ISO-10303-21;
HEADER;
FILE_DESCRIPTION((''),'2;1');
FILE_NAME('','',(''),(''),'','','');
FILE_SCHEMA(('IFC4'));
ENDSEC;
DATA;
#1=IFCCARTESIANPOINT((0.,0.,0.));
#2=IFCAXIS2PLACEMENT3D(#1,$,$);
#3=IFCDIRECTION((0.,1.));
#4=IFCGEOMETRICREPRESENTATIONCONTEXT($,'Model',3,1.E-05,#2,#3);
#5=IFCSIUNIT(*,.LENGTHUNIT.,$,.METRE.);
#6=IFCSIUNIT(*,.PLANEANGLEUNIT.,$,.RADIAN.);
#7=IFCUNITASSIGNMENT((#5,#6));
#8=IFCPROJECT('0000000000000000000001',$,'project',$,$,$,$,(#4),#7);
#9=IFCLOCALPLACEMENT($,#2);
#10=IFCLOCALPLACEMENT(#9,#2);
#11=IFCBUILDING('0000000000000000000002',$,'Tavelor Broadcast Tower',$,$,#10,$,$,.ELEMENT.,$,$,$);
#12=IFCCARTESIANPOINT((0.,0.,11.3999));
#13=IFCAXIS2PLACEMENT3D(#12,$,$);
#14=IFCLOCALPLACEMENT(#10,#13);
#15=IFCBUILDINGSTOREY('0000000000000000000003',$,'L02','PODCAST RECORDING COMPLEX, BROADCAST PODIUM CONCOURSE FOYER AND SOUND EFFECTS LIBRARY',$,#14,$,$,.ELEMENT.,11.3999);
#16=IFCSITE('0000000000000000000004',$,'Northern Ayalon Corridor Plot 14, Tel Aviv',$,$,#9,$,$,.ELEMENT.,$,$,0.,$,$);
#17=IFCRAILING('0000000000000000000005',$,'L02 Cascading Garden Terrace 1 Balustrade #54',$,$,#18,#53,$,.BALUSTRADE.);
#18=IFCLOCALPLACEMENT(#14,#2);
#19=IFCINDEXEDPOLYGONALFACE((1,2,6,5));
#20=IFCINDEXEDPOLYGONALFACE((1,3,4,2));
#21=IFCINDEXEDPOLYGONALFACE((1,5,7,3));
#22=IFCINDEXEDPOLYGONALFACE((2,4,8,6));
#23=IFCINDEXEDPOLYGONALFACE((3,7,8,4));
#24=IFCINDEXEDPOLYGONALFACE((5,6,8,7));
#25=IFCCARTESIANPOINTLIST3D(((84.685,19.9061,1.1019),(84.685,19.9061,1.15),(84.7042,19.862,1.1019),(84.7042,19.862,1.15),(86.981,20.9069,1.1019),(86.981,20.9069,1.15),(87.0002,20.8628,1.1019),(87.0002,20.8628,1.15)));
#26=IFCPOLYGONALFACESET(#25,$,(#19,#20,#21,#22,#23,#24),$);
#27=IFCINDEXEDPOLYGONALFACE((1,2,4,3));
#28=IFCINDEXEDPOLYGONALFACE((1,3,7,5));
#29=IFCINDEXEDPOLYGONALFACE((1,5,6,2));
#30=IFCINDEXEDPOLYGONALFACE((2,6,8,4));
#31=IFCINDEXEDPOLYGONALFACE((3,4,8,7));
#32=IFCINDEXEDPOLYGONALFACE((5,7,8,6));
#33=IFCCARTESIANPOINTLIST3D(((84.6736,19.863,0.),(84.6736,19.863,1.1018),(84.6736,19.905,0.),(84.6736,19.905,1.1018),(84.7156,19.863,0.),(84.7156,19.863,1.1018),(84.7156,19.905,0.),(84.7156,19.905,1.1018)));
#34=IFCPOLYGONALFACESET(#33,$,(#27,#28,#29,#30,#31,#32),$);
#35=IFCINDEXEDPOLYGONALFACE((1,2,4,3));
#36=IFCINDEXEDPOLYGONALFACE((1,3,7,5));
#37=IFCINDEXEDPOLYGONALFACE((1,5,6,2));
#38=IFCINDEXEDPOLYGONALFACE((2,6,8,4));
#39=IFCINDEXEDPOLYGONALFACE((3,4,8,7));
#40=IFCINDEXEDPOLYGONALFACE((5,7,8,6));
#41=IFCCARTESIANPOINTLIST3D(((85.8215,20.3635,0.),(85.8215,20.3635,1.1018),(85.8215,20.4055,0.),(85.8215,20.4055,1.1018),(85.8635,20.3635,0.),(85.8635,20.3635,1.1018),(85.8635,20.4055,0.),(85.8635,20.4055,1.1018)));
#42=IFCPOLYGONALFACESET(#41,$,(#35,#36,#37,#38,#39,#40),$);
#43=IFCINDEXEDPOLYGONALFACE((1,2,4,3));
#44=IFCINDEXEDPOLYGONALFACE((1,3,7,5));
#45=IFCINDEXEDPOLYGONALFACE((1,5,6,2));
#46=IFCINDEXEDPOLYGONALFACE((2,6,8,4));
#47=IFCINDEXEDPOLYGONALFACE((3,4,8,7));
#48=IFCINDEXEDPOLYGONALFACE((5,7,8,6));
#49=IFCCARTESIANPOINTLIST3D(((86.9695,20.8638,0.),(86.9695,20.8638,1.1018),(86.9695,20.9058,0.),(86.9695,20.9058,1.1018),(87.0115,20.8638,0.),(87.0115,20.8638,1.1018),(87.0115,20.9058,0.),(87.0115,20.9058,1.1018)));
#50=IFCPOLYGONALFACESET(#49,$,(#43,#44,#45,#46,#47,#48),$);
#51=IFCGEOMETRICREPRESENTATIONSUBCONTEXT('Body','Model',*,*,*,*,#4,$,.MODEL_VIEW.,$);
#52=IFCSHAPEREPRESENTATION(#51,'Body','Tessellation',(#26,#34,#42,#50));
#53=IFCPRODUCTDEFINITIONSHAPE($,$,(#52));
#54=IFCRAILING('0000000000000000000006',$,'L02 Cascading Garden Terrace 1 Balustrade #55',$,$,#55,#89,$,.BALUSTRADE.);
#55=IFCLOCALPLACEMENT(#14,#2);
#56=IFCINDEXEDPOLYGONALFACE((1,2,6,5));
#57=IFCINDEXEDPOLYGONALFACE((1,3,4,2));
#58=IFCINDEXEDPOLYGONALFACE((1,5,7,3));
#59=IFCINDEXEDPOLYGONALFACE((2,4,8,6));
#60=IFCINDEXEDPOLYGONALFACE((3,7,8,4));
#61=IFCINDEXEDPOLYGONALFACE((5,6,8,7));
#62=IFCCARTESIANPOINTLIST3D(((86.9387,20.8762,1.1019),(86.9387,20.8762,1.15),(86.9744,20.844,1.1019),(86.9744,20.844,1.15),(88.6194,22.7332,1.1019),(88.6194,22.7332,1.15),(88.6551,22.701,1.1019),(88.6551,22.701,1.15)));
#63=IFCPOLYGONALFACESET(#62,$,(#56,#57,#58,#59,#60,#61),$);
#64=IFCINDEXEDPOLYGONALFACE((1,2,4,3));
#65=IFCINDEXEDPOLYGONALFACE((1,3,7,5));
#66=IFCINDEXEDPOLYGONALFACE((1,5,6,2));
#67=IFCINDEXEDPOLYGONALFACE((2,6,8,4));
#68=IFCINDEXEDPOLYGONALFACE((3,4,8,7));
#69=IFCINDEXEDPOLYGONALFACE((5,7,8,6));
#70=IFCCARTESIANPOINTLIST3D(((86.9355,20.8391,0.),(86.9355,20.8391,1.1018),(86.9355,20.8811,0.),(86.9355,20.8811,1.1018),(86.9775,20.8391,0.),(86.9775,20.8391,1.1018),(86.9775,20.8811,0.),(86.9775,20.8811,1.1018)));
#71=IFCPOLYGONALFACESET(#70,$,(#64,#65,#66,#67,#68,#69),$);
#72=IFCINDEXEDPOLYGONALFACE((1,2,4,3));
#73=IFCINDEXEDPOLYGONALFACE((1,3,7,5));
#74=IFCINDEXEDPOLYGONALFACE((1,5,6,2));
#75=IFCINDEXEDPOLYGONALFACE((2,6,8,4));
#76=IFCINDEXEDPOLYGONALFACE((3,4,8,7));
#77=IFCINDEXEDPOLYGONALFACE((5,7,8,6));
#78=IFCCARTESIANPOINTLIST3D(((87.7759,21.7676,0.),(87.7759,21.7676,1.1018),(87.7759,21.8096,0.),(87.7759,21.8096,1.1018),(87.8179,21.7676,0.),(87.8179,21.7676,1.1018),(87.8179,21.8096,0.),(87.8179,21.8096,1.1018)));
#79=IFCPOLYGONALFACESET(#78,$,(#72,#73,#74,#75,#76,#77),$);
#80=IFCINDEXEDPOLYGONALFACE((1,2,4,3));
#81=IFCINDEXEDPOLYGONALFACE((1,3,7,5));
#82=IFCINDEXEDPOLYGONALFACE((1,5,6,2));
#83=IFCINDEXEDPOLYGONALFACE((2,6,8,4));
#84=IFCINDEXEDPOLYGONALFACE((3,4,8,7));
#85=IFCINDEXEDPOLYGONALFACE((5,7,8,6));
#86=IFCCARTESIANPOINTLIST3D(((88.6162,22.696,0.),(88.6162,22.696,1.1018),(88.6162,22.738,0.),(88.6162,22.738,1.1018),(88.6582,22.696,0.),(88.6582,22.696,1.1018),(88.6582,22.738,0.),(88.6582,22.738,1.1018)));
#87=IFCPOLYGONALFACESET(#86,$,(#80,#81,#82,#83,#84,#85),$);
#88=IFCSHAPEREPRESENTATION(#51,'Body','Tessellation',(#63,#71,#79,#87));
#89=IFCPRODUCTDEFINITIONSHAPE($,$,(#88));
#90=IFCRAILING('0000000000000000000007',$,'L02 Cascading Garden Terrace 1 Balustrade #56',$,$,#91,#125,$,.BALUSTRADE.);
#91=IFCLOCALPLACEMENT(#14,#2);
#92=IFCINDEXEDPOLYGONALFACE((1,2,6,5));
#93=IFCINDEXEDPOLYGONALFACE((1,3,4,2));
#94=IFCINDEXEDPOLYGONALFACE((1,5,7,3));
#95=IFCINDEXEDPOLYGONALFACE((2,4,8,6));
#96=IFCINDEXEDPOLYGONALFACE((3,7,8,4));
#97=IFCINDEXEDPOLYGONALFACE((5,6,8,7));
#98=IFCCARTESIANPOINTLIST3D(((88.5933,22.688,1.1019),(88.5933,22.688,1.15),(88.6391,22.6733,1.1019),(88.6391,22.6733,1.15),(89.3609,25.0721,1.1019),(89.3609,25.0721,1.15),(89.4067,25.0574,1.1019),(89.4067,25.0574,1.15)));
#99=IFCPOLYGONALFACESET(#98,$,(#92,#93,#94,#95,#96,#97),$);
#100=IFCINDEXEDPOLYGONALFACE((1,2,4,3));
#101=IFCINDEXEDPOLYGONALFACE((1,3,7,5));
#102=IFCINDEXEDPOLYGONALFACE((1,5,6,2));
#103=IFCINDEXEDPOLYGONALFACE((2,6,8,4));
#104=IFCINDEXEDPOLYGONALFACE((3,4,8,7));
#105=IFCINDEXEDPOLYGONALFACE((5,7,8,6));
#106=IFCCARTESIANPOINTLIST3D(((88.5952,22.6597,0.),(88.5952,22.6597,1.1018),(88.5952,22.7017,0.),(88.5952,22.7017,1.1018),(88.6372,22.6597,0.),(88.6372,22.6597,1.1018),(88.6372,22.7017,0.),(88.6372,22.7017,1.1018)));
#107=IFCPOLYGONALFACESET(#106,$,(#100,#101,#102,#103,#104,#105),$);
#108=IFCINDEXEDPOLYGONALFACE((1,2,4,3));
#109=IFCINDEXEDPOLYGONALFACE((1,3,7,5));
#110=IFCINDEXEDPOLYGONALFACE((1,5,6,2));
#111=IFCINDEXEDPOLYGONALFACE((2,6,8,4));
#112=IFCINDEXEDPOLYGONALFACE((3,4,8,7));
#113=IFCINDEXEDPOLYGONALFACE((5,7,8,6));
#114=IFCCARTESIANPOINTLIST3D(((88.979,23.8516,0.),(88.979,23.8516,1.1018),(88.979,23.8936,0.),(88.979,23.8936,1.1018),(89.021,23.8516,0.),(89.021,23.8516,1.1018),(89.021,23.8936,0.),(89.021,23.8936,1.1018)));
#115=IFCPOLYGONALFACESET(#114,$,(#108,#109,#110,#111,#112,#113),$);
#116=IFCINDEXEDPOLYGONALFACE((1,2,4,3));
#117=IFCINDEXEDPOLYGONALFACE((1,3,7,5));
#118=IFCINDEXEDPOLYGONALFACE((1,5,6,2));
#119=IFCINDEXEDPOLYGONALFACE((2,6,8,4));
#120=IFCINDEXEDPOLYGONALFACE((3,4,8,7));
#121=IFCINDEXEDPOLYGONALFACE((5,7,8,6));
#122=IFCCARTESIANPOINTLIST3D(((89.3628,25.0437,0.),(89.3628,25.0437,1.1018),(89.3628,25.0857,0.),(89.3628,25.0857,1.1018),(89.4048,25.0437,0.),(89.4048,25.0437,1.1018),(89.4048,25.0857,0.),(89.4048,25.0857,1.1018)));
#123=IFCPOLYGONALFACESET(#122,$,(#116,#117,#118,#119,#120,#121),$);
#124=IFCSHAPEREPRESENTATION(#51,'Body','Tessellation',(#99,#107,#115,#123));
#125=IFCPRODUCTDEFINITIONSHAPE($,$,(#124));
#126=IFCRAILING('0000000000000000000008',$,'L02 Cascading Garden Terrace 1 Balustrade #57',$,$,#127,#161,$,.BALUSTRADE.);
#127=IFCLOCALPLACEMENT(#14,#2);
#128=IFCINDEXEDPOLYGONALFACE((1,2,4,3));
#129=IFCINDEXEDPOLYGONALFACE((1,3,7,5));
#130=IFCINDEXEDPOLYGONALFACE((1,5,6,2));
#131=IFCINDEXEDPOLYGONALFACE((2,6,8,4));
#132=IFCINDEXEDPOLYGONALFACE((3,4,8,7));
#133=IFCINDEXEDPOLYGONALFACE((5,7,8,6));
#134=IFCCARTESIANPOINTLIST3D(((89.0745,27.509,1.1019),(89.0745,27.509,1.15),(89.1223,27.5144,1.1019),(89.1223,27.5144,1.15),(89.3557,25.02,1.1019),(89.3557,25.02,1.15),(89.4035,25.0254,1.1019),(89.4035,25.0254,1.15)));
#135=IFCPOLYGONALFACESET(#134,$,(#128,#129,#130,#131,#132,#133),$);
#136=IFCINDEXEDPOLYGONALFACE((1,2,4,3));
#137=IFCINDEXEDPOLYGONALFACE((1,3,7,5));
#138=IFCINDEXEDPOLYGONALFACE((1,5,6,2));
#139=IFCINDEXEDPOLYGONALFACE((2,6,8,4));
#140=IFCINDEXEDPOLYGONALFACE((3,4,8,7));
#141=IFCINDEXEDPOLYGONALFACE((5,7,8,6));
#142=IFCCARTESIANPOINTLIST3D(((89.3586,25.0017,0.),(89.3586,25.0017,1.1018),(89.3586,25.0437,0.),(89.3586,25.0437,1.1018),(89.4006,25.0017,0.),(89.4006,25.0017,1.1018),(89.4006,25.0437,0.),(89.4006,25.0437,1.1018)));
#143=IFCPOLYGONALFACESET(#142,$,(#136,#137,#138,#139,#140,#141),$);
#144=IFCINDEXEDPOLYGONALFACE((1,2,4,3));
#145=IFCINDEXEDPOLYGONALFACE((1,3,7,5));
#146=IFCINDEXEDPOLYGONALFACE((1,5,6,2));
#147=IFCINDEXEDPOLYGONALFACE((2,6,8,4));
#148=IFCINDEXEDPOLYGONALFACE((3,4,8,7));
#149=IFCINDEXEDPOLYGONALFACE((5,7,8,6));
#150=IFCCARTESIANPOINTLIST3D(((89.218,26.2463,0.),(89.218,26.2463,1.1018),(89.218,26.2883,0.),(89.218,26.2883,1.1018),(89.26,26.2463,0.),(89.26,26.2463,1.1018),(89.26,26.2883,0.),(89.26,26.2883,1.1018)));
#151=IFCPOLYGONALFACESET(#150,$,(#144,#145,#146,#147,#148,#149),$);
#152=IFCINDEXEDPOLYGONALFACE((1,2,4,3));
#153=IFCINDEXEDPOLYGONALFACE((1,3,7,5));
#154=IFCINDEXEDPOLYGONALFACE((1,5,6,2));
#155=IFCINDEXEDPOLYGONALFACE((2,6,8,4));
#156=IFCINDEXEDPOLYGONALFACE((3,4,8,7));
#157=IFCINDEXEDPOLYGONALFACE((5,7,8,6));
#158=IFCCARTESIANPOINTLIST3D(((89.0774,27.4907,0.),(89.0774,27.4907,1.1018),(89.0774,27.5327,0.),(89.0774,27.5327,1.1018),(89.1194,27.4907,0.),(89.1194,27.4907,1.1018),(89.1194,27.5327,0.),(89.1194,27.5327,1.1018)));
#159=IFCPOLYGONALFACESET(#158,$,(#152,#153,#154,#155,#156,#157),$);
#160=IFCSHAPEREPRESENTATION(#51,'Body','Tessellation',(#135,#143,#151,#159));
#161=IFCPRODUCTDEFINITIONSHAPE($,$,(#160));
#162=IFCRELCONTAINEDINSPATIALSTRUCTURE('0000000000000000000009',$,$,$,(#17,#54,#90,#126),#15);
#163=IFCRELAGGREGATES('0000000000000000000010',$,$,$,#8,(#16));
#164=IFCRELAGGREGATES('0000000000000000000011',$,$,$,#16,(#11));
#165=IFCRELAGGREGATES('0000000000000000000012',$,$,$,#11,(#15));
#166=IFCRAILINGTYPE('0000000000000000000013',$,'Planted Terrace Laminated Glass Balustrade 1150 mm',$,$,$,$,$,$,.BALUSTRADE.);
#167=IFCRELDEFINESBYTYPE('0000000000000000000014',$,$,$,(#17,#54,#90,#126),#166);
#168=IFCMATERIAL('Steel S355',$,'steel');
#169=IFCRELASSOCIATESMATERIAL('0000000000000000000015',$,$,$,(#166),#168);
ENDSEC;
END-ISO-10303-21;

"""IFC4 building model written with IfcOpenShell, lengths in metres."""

from ifc_helpers import new_model, si_unit, direction, frame, origin, origin_2d, place, context, subcontext, project, spatial, rectangle, extrude, material, type_object, element, save


model = new_model("IFC4")

# Units and contexts
model_context = context("Model", 3, precision=1e-05, world=origin(), true_north=direction((0.0, 1.0)))
body_context = subcontext(model_context, "Body", "Model", "MODEL_VIEW")
ifc_project = project(units=[si_unit("LENGTHUNIT", "METRE"), si_unit("PLANEANGLEUNIT", "RADIAN")], contexts=[model_context])

# Site, building, storey
site_placement = place(None, origin())
site = spatial("IfcSite", under=ifc_project, at=site_placement, Name="Northern Ayalon Corridor Plot 14, Tel Aviv", CompositionType="ELEMENT", RefElevation=0.0)
building_placement = place(site_placement, origin())
building = spatial("IfcBuilding", under=site, at=building_placement, Name="Tavelor Broadcast Tower", CompositionType="ELEMENT")
storey_placement = place(building_placement, frame((0.0, 0.0, 11.3999)))
storey = spatial("IfcBuildingStorey", under=building, at=storey_placement, Name="L02", Description="PODCAST RECORDING COMPLEX, BROADCAST PODIUM CONCOURSE FOYER AND SOUND EFFECTS LIBRARY", CompositionType="ELEMENT", Elevation=11.3999)

# Shared definitions
ifc_material_1 = material(Name="Steel S355", Category="steel")

# Railings
railing_type = type_object("IfcRailingType", Name="Planted Terrace Laminated Glass Balustrade 1150 mm", PredefinedType="BALUSTRADE", material=ifc_material_1)
railing_1_placement = place(storey_placement, frame((84.6946, 19.884, 0.0)))
element("IfcRailing", 1, at=railing_1_placement, inside=storey, type_object=railing_type, Name="L02 Cascading Garden Terrace 1 Balustrade #54", PredefinedType="BALUSTRADE", context=body_context, shape_type="SweptSolid", body=[
    extrude(rectangle(XDim=0.0481, YDim=0.0481, at=origin_2d()), frame((0.0, 0.0, 1.126), z_axis=(0.916702, 0.399571, 0.0), x_axis=(-0.399571, 0.916702, 0.0)), (0.0, 0.0, 1.0), 2.5046),
    extrude(rectangle(XDim=0.042, YDim=0.042, at=origin_2d()), origin(), (0.0, 0.0, 1.0), 1.1018),
    extrude(rectangle(XDim=0.042, YDim=0.042, at=origin_2d()), frame((1.1479, 0.5005, 0.0)), (0.0, 0.0, 1.0), 1.1018),
    extrude(rectangle(XDim=0.042, YDim=0.042, at=origin_2d()), frame((2.2959, 1.0007, 0.0)), (0.0, 0.0, 1.0), 1.1018),
])
railing_2_placement = place(storey_placement, frame((86.9565, 20.8601, 0.0)))
element("IfcRailing", 2, at=railing_2_placement, inside=storey, type_object=railing_type, Name="L02 Cascading Garden Terrace 1 Balustrade #55", PredefinedType="BALUSTRADE", context=body_context, shape_type="SweptSolid", body=[
    extrude(rectangle(XDim=0.0481, YDim=0.0481, at=origin_2d()), frame((0.0, 0.0, 1.126), z_axis=(0.671041, 0.74142, 0.0), x_axis=(-0.74142, 0.671041, 0.0)), (0.0, 0.0, 1.0), 2.5046),
    extrude(rectangle(XDim=0.042, YDim=0.042, at=origin_2d()), origin(), (0.0, 0.0, 1.0), 1.1018),
    extrude(rectangle(XDim=0.042, YDim=0.042, at=origin_2d()), frame((0.8403, 0.9285, 0.0)), (0.0, 0.0, 1.0), 1.1018),
    extrude(rectangle(XDim=0.042, YDim=0.042, at=origin_2d()), frame((1.6807, 1.8569, 0.0)), (0.0, 0.0, 1.0), 1.1018),
])
railing_3_placement = place(storey_placement, frame((88.6162, 22.6807, 0.0)))
element("IfcRailing", 3, at=railing_3_placement, inside=storey, type_object=railing_type, Name="L02 Cascading Garden Terrace 1 Balustrade #56", PredefinedType="BALUSTRADE", context=body_context, shape_type="SweptSolid", body=[
    extrude(rectangle(XDim=0.0481, YDim=0.0481, at=origin_2d()), frame((0.0, 0.0, 1.126), z_axis=(0.306473, 0.951879, 0.0), x_axis=(-0.951879, 0.306473, 0.0)), (0.0, 0.0, 1.0), 2.5046),
    extrude(rectangle(XDim=0.042, YDim=0.042, at=origin_2d()), origin(), (0.0, 0.0, 1.0), 1.1018),
    extrude(rectangle(XDim=0.042, YDim=0.042, at=origin_2d()), frame((0.3838, 1.1919, 0.0)), (0.0, 0.0, 1.0), 1.1018),
    extrude(rectangle(XDim=0.042, YDim=0.042, at=origin_2d()), frame((0.7676, 2.384, 0.0)), (0.0, 0.0, 1.0), 1.1018),
])
railing_4_placement = place(storey_placement, frame((89.3796, 25.0227, 0.0)))
element("IfcRailing", 4, at=railing_4_placement, inside=storey, type_object=railing_type, Name="L02 Cascading Garden Terrace 1 Balustrade #57", PredefinedType="BALUSTRADE", context=body_context, shape_type="SweptSolid", body=[
    extrude(rectangle(XDim=0.0481, YDim=0.0481, at=origin_2d()), frame((0.0, 0.0, 1.126), z_axis=(-0.112282, 0.993676, 0.0), x_axis=(-0.993676, -0.112282, 0.0)), (0.0, 0.0, 1.0), 2.5049),
    extrude(rectangle(XDim=0.042, YDim=0.042, at=origin_2d()), origin(), (0.0, 0.0, 1.0), 1.1018),
    extrude(rectangle(XDim=0.042, YDim=0.042, at=origin_2d()), frame((-0.1406, 1.2446, 0.0)), (0.0, 0.0, 1.0), 1.1018),
    extrude(rectangle(XDim=0.042, YDim=0.042, at=origin_2d()), frame((-0.2812, 2.489, 0.0)), (0.0, 0.0, 1.0), 1.1018),
])

save(model, "model.ifc")
